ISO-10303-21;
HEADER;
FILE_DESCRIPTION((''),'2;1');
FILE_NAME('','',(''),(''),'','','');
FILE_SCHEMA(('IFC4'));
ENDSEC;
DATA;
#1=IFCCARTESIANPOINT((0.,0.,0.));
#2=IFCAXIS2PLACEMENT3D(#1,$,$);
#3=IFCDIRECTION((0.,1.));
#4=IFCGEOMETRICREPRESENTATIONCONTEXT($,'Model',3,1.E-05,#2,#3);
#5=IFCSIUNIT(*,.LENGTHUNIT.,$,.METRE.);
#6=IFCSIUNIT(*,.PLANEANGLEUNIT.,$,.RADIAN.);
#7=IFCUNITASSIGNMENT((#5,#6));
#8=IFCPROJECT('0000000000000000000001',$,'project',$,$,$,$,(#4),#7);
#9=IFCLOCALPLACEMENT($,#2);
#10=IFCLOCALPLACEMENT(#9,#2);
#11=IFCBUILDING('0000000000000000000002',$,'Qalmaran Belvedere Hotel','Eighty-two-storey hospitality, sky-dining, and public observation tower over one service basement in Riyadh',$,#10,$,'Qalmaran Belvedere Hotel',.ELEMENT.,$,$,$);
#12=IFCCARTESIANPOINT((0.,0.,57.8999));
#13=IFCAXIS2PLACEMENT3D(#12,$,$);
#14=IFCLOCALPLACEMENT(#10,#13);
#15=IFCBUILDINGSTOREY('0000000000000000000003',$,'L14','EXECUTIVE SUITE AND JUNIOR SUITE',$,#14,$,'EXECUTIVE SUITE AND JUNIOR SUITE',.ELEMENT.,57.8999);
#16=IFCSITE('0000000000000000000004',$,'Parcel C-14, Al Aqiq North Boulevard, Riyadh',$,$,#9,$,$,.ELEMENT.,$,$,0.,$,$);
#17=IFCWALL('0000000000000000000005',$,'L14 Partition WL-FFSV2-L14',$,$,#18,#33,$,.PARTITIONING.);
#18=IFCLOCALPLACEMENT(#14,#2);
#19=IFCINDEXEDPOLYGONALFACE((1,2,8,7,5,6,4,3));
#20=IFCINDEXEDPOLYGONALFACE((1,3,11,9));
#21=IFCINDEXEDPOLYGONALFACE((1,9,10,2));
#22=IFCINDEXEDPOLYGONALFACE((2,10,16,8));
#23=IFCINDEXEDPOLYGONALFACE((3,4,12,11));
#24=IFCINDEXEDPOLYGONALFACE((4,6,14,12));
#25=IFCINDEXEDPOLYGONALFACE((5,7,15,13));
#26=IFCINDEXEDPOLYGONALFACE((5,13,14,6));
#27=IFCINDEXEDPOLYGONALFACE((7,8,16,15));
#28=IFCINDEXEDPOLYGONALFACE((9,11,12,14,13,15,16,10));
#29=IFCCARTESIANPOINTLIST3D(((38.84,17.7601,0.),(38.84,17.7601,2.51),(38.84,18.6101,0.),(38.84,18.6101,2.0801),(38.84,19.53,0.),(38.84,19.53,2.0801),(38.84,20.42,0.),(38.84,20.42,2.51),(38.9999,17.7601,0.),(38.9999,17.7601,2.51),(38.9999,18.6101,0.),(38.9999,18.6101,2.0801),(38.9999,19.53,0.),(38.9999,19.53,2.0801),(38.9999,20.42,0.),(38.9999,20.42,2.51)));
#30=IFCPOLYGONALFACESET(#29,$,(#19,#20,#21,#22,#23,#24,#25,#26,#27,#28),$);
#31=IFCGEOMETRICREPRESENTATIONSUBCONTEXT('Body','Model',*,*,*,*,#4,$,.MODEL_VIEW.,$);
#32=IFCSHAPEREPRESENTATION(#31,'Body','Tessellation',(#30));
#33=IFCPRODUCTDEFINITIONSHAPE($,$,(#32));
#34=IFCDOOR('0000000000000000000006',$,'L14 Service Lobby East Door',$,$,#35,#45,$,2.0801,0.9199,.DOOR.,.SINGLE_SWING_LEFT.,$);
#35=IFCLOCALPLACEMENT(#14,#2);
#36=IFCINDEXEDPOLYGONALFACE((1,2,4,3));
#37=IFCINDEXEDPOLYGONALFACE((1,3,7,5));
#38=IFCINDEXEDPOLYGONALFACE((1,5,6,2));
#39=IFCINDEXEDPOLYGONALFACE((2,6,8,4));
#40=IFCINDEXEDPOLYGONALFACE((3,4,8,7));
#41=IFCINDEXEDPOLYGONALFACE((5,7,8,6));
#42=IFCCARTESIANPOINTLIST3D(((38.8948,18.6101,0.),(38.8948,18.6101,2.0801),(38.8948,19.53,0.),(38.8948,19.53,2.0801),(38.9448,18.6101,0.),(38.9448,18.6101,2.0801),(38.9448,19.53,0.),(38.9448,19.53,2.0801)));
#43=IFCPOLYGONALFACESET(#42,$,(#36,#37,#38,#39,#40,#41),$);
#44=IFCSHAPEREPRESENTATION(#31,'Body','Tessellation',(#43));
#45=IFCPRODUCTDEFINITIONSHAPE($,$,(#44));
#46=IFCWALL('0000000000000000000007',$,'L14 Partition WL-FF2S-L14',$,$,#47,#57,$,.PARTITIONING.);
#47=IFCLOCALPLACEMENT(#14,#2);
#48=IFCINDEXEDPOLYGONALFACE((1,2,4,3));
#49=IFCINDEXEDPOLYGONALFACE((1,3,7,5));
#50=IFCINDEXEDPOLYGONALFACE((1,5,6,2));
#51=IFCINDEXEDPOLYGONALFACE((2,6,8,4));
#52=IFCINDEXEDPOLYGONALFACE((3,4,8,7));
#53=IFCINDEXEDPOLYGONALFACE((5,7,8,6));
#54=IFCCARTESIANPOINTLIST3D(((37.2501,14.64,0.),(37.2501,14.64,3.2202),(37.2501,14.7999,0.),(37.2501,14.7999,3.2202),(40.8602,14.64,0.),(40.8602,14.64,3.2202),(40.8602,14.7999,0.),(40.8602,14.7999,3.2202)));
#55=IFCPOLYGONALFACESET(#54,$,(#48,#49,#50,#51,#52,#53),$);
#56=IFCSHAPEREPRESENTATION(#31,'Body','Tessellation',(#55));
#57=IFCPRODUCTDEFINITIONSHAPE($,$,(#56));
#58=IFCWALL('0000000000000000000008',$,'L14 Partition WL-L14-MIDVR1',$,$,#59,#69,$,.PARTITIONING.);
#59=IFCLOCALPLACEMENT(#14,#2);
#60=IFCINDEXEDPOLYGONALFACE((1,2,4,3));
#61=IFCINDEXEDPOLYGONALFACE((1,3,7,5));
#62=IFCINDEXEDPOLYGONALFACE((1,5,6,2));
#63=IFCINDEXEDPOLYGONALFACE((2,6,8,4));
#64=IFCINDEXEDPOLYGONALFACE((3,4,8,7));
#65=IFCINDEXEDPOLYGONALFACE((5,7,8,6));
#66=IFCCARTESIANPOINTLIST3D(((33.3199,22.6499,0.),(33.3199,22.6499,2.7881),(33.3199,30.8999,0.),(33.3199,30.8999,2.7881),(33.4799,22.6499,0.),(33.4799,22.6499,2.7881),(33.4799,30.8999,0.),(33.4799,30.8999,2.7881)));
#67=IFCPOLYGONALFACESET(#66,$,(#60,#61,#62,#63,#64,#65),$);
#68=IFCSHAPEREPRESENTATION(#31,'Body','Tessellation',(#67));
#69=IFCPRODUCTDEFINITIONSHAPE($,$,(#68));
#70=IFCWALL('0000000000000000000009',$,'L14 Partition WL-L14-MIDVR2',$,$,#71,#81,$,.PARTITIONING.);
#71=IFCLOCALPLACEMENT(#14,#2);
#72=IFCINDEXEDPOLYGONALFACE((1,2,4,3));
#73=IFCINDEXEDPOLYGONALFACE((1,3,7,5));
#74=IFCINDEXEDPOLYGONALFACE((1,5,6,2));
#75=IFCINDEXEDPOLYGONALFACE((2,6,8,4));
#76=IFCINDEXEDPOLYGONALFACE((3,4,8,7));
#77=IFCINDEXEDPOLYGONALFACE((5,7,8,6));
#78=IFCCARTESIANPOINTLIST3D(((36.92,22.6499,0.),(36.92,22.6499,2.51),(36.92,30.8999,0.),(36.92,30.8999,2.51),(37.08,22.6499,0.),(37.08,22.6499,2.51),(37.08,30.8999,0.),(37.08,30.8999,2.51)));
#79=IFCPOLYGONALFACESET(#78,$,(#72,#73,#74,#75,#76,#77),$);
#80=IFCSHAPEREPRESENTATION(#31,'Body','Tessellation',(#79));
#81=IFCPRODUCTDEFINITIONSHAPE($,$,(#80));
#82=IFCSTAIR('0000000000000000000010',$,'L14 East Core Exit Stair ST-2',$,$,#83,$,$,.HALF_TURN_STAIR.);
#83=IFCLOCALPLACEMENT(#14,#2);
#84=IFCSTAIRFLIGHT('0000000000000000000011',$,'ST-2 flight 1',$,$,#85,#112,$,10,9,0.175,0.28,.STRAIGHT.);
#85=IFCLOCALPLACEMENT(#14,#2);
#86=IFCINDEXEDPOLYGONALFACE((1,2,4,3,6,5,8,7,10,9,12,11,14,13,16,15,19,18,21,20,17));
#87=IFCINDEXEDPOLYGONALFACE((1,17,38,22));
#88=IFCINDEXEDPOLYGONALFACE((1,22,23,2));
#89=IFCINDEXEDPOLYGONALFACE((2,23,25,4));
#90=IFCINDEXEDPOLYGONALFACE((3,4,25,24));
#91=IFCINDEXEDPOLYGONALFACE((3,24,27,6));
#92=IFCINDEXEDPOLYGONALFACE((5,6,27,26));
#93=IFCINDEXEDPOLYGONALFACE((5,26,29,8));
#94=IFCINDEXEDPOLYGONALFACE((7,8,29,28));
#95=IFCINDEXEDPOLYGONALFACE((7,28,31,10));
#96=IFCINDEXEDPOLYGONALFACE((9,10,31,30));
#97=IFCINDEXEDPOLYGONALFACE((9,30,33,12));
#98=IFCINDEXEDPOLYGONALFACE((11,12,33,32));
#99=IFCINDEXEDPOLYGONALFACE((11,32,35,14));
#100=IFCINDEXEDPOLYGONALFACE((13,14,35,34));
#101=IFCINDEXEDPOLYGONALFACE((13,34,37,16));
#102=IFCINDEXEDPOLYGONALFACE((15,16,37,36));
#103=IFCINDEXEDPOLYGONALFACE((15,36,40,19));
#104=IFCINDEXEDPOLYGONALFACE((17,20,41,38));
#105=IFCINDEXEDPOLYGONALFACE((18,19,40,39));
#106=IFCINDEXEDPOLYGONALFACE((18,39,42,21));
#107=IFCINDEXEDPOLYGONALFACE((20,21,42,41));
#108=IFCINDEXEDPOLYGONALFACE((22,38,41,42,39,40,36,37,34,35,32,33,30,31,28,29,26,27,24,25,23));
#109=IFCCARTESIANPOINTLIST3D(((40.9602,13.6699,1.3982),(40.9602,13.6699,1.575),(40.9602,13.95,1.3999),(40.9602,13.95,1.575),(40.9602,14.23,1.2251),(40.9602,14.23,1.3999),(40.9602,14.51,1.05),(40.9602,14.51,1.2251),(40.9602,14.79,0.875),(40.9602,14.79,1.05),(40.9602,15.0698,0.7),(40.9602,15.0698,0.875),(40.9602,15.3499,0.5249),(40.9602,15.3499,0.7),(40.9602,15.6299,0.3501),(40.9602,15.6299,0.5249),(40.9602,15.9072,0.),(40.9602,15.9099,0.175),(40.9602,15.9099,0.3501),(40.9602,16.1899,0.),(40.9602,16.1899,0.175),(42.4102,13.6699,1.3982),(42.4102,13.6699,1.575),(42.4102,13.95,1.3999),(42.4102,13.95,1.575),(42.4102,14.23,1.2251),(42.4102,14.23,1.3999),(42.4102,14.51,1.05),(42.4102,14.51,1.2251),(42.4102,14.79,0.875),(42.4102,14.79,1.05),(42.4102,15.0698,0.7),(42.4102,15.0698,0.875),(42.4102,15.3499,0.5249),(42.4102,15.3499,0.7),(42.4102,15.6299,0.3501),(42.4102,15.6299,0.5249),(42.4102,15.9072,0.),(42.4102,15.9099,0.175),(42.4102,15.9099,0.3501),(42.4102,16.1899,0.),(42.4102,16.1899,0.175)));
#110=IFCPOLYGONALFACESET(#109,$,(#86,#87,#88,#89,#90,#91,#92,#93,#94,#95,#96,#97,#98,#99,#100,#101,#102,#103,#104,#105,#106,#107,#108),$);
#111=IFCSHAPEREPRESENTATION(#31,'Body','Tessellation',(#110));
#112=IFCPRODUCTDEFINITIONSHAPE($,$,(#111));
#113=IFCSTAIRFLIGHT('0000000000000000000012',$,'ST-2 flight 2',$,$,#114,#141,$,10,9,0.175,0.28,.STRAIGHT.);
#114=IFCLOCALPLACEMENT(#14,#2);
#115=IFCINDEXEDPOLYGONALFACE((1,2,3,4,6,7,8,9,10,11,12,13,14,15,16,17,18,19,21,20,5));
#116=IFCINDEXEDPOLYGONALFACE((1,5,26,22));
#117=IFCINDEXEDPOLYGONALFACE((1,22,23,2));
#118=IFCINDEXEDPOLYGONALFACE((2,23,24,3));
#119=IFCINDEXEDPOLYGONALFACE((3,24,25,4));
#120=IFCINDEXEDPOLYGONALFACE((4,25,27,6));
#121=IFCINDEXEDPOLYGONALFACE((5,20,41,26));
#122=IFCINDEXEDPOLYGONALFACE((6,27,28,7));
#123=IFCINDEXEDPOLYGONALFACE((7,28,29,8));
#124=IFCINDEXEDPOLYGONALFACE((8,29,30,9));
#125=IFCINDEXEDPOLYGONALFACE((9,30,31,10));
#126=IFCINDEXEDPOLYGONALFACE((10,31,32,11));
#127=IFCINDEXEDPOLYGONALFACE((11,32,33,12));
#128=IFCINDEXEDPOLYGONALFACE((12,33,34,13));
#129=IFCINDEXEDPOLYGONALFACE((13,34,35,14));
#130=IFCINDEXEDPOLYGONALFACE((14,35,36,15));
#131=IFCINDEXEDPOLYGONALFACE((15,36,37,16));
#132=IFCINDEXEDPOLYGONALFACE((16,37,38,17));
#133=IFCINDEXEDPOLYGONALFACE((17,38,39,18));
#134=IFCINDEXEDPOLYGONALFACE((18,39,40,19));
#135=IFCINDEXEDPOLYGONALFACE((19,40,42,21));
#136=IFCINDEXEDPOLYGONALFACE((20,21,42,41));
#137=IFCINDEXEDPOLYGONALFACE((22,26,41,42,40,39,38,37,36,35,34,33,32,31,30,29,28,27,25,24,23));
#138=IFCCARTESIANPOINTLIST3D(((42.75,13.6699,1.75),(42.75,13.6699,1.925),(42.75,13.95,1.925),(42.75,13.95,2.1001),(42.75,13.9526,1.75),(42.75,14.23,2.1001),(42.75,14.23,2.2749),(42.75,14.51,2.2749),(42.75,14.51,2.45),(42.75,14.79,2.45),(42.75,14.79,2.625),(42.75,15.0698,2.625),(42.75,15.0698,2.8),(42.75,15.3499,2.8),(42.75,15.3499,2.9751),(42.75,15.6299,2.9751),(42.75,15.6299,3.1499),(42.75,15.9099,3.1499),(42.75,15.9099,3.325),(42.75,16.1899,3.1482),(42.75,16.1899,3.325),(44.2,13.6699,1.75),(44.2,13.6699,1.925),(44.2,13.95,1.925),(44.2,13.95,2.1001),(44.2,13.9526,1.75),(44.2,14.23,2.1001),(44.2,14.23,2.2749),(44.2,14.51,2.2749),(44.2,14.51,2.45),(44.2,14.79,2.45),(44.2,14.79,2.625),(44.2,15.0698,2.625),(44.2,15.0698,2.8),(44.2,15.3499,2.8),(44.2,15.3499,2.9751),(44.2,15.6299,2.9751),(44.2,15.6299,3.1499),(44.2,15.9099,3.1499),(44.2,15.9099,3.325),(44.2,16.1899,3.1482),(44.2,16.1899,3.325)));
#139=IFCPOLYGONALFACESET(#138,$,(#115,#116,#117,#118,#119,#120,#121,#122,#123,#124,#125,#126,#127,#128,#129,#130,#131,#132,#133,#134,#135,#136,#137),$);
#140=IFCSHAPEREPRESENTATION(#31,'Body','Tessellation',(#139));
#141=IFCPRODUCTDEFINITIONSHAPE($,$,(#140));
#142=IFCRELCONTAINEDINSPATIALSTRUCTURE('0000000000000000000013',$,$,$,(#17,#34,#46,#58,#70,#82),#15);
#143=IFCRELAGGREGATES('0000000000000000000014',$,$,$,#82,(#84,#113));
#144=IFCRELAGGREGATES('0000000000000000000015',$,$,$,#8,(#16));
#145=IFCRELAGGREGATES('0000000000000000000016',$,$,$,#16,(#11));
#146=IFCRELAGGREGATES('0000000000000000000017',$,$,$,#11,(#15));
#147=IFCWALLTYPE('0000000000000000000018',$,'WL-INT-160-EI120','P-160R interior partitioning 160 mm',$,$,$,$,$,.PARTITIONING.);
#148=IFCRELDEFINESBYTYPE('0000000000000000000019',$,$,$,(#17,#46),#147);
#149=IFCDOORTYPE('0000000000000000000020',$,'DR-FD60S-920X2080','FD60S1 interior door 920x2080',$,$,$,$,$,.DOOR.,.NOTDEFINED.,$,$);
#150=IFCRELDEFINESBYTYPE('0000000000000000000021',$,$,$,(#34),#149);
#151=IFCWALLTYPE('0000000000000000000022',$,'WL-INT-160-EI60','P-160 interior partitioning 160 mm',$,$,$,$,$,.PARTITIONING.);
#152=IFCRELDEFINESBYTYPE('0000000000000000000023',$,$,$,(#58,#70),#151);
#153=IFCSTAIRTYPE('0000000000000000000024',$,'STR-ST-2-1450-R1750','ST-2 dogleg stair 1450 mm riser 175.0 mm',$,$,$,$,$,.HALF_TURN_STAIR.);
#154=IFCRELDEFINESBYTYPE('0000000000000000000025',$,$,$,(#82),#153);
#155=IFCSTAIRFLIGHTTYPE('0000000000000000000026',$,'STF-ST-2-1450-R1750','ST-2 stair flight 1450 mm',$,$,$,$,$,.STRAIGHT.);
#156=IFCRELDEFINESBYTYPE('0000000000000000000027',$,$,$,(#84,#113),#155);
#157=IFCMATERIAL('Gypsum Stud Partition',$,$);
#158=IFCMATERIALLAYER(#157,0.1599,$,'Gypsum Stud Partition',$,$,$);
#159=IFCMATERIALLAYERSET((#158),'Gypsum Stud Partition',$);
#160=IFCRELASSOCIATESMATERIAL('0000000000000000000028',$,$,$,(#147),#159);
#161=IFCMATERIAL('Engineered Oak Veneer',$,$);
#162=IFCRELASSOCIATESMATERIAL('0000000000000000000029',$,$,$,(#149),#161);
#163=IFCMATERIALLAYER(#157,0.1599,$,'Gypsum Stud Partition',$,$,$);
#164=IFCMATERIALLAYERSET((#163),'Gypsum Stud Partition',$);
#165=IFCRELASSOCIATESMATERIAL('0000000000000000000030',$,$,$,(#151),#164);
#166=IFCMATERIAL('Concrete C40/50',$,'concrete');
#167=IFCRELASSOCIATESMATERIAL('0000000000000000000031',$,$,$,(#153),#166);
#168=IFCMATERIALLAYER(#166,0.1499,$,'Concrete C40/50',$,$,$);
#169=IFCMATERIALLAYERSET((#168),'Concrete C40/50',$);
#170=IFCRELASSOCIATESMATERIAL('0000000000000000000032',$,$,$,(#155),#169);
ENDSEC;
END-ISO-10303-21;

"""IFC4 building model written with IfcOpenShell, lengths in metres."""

from ifc_helpers import new_model, si_unit, direction, frame, frame_2d, origin, place, context, subcontext, project, spatial, polyline, rectangle, outline, extrude, material, layer, layer_set, type_object, element, fill, aggregate, save


model = new_model("IFC4")

# Units and contexts
model_context = context("Model", 3, precision=1e-05, world=origin(), true_north=direction((0.0, 1.0)))
body_context = subcontext(model_context, "Body", "Model", "MODEL_VIEW")
ifc_project = project(units=[si_unit("LENGTHUNIT", "METRE"), si_unit("PLANEANGLEUNIT", "RADIAN")], contexts=[model_context])

# Site, building, storey
site_placement = place(None, origin())
site = spatial("IfcSite", under=ifc_project, at=site_placement, Name="Parcel C-14, Al Aqiq North Boulevard, Riyadh", CompositionType="ELEMENT", RefElevation=0.0)
building_placement = place(site_placement, origin())
building = spatial("IfcBuilding", under=site, at=building_placement, Name="Qalmaran Belvedere Hotel", Description="Eighty-two-storey hospitality, sky-dining, and public observation tower over one service basement in Riyadh", LongName="Qalmaran Belvedere Hotel", CompositionType="ELEMENT")
storey_placement = place(building_placement, frame((0.0, 0.0, 57.8999)))
storey = spatial("IfcBuildingStorey", under=building, at=storey_placement, Name="L14", Description="EXECUTIVE SUITE AND JUNIOR SUITE", LongName="EXECUTIVE SUITE AND JUNIOR SUITE", CompositionType="ELEMENT", Elevation=57.8999)

# Shared definitions
ifc_material_1 = material(Name="Gypsum Stud Partition")

# Wall, opening, door
ifc_layer_1 = layer(ifc_material_1, 0.1599, Name="Gypsum Stud Partition")
ifc_layer_set_1 = layer_set([ifc_layer_1], Name="Gypsum Stud Partition")
wall_type_1 = type_object("IfcWallType", Name="WL-INT-160-EI120", Description="P-160R interior partitioning 160 mm", PredefinedType="PARTITIONING", material=ifc_layer_set_1)
wall_1_placement = place(storey_placement, frame((38.9199, 17.76, 0.0), z_axis=(0.0, 0.0, 1.0), x_axis=(0.0, 1.0, 0.0)))
wall_1 = element("IfcWall", 1, at=wall_1_placement, inside=storey, type_object=wall_type_1, Name="L14 Partition WL-FFSV2-L14", PredefinedType="PARTITIONING", context=body_context, shape_type="SweptSolid", body=[
    extrude(rectangle(XDim=2.6599, YDim=0.1599, at=frame_2d((1.3301, 0.0))), origin(), (0.0, 0.0, 1.0), 2.51),
])
opening_1_placement = place(wall_1_placement, frame((1.77, 0.0, 0.0), z_axis=(0.0, 0.0, 1.0), x_axis=(-1.0, 0.0, 0.0)))
opening_1 = element("IfcOpeningElement", 2, at=opening_1_placement, cuts=wall_1, PredefinedType="OPENING", context=body_context, shape_type="SweptSolid", body=[
    extrude(rectangle(XDim=0.9199, YDim=2.0801, at=frame_2d((0.46, 1.04))), frame((0.0, 0.0898, 0.0), z_axis=(0.0, -1.0, 0.0), x_axis=(1.0, 0.0, 0.0)), (0.0, 0.0, 1.0), 0.1799),
])
ifc_material_2 = material(Name="Engineered Oak Veneer")
door_type_1 = type_object("IfcDoorType", Name="DR-FD60S-920X2080", Description="FD60S1 interior door 920x2080", OperationType="NOTDEFINED", PredefinedType="DOOR", material=ifc_material_2)
door_1_placement = place(opening_1_placement, origin())
door_1 = element("IfcDoor", 3, at=door_1_placement, inside=storey, type_object=door_type_1, Name="L14 Service Lobby East Door", OperationType="SINGLE_SWING_LEFT", OverallHeight=2.0801, OverallWidth=0.9199, PredefinedType="DOOR", context=body_context, shape_type="SweptSolid", body=[
    extrude(rectangle(XDim=0.9199, YDim=2.0801, at=frame_2d((0.46, 1.04))), frame((0.0, 0.0249, 0.0), z_axis=(0.0, -1.0, 0.0), x_axis=(1.0, 0.0, 0.0)), (0.0, 0.0, 1.0), 0.05),
])
fill(opening_1, door_1)

# Walls
wall_2_placement = place(storey_placement, frame((37.25, 14.72, 0.0), z_axis=(0.0, 0.0, 1.0), x_axis=(1.0, 0.0, 0.0)))
element("IfcWall", 4, at=wall_2_placement, inside=storey, type_object=wall_type_1, Name="L14 Partition WL-FF2S-L14", PredefinedType="PARTITIONING", context=body_context, shape_type="SweptSolid", body=[
    extrude(rectangle(XDim=3.6101, YDim=0.1599, at=frame_2d((1.8052, 0.0))), origin(), (0.0, 0.0, 1.0), 3.2202),
])
ifc_layer_2 = layer(ifc_material_1, 0.1599, Name="Gypsum Stud Partition")
ifc_layer_set_2 = layer_set([ifc_layer_2], Name="Gypsum Stud Partition")
wall_type_2 = type_object("IfcWallType", Name="WL-INT-160-EI60", Description="P-160 interior partitioning 160 mm", PredefinedType="PARTITIONING", material=ifc_layer_set_2)
wall_3_placement = place(storey_placement, frame((33.3999, 22.6499, 0.0), z_axis=(0.0, 0.0, 1.0), x_axis=(0.0, 1.0, 0.0)))
element("IfcWall", 5, at=wall_3_placement, inside=storey, type_object=wall_type_2, Name="L14 Partition WL-L14-MIDVR1", PredefinedType="PARTITIONING", context=body_context, shape_type="SweptSolid", body=[
    extrude(rectangle(XDim=8.25, YDim=0.1599, at=frame_2d((4.125, 0.0))), origin(), (0.0, 0.0, 1.0), 2.7881),
])
wall_4_placement = place(storey_placement, frame((37.0, 22.6499, 0.0), z_axis=(0.0, 0.0, 1.0), x_axis=(0.0, 1.0, 0.0)))
element("IfcWall", 6, at=wall_4_placement, inside=storey, type_object=wall_type_2, Name="L14 Partition WL-L14-MIDVR2", PredefinedType="PARTITIONING", context=body_context, shape_type="SweptSolid", body=[
    extrude(rectangle(XDim=8.25, YDim=0.1599, at=frame_2d((4.125, 0.0))), origin(), (0.0, 0.0, 1.0), 2.51),
])

# Stair, stair flights
ifc_material_3 = material(Name="Concrete C40/50", Category="concrete")
stair_type = type_object("IfcStairType", Name="STR-ST-2-1450-R1750", Description="ST-2 dogleg stair 1450 mm riser 175.0 mm", PredefinedType="HALF_TURN_STAIR", material=ifc_material_3)
stair_placement = place(storey_placement, origin())
stair = element("IfcStair", 7, at=stair_placement, inside=storey, type_object=stair_type, Name="L14 East Core Exit Stair ST-2", PredefinedType="HALF_TURN_STAIR")
ifc_layer_3 = layer(ifc_material_3, 0.1499, Name="Concrete C40/50")
ifc_layer_set_3 = layer_set([ifc_layer_3], Name="Concrete C40/50")
stair_flight_type = type_object("IfcStairFlightType", Name="STF-ST-2-1450-R1750", Description="ST-2 stair flight 1450 mm", PredefinedType="STRAIGHT", material=ifc_layer_set_3)
stair_flight_1_placement = place(storey_placement, frame((41.6851, 16.1899, 0.0), z_axis=(0.0, 0.0, 1.0), x_axis=(0.0, -1.0, 0.0)))
stair_flight_1 = element("IfcStairFlight", 8, at=stair_flight_1_placement, type_object=stair_flight_type, Name="ST-2 flight 1", NumberOfRisers=10, NumberOfTreads=9, PredefinedType="STRAIGHT", RiserHeight=0.175, TreadLength=0.28, context=body_context, shape_type="SweptSolid", body=[
    extrude(outline(polyline([(0.0, 0.0), (0.0, 0.175), (0.28, 0.175), (0.28, 0.3501), (0.5601, 0.3501), (0.5601, 0.5249), (0.8401, 0.5249), (0.8401, 0.7), (1.1201, 0.7), (1.1201, 0.875), (1.3999, 0.875), (1.3999, 1.05), (1.6799, 1.05), (1.6799, 1.2251), (1.96, 1.2251), (1.96, 1.3999), (2.24, 1.3999), (2.24, 1.575), (2.52, 1.575), (2.52, 1.75), (2.52, 1.3982), (0.2827, 0.0), (0.0, 0.0)])), frame((0.0, 0.7251, 0.0), z_axis=(0.0, -1.0, 0.0), x_axis=(1.0, 0.0, 0.0)), (0.0, 0.0, 1.0), 1.45),
])
stair_flight_2_placement = place(storey_placement, frame((43.4751, 13.6699, 1.75), z_axis=(0.0, 0.0, 1.0), x_axis=(0.0, 1.0, 0.0)))
stair_flight_2 = element("IfcStairFlight", 9, at=stair_flight_2_placement, type_object=stair_flight_type, Name="ST-2 flight 2", NumberOfRisers=10, NumberOfTreads=9, PredefinedType="STRAIGHT", RiserHeight=0.175, TreadLength=0.28, context=body_context, shape_type="SweptSolid", body=[
    extrude(outline(polyline([(0.0, 0.0), (0.0, 0.175), (0.28, 0.175), (0.28, 0.3501), (0.5601, 0.3501), (0.5601, 0.5249), (0.8401, 0.5249), (0.8401, 0.7), (1.1201, 0.7), (1.1201, 0.875), (1.3999, 0.875), (1.3999, 1.05), (1.6799, 1.05), (1.6799, 1.2251), (1.96, 1.2251), (1.96, 1.3999), (2.24, 1.3999), (2.24, 1.575), (2.52, 1.575), (2.52, 1.75), (2.52, 1.3982), (0.2827, 0.0), (0.0, 0.0)])), frame((0.0, 0.7251, 0.0), z_axis=(0.0, -1.0, 0.0), x_axis=(1.0, 0.0, 0.0)), (0.0, 0.0, 1.0), 1.45),
])
aggregate(stair, [stair_flight_1, stair_flight_2])

save(model, "model.ifc")
